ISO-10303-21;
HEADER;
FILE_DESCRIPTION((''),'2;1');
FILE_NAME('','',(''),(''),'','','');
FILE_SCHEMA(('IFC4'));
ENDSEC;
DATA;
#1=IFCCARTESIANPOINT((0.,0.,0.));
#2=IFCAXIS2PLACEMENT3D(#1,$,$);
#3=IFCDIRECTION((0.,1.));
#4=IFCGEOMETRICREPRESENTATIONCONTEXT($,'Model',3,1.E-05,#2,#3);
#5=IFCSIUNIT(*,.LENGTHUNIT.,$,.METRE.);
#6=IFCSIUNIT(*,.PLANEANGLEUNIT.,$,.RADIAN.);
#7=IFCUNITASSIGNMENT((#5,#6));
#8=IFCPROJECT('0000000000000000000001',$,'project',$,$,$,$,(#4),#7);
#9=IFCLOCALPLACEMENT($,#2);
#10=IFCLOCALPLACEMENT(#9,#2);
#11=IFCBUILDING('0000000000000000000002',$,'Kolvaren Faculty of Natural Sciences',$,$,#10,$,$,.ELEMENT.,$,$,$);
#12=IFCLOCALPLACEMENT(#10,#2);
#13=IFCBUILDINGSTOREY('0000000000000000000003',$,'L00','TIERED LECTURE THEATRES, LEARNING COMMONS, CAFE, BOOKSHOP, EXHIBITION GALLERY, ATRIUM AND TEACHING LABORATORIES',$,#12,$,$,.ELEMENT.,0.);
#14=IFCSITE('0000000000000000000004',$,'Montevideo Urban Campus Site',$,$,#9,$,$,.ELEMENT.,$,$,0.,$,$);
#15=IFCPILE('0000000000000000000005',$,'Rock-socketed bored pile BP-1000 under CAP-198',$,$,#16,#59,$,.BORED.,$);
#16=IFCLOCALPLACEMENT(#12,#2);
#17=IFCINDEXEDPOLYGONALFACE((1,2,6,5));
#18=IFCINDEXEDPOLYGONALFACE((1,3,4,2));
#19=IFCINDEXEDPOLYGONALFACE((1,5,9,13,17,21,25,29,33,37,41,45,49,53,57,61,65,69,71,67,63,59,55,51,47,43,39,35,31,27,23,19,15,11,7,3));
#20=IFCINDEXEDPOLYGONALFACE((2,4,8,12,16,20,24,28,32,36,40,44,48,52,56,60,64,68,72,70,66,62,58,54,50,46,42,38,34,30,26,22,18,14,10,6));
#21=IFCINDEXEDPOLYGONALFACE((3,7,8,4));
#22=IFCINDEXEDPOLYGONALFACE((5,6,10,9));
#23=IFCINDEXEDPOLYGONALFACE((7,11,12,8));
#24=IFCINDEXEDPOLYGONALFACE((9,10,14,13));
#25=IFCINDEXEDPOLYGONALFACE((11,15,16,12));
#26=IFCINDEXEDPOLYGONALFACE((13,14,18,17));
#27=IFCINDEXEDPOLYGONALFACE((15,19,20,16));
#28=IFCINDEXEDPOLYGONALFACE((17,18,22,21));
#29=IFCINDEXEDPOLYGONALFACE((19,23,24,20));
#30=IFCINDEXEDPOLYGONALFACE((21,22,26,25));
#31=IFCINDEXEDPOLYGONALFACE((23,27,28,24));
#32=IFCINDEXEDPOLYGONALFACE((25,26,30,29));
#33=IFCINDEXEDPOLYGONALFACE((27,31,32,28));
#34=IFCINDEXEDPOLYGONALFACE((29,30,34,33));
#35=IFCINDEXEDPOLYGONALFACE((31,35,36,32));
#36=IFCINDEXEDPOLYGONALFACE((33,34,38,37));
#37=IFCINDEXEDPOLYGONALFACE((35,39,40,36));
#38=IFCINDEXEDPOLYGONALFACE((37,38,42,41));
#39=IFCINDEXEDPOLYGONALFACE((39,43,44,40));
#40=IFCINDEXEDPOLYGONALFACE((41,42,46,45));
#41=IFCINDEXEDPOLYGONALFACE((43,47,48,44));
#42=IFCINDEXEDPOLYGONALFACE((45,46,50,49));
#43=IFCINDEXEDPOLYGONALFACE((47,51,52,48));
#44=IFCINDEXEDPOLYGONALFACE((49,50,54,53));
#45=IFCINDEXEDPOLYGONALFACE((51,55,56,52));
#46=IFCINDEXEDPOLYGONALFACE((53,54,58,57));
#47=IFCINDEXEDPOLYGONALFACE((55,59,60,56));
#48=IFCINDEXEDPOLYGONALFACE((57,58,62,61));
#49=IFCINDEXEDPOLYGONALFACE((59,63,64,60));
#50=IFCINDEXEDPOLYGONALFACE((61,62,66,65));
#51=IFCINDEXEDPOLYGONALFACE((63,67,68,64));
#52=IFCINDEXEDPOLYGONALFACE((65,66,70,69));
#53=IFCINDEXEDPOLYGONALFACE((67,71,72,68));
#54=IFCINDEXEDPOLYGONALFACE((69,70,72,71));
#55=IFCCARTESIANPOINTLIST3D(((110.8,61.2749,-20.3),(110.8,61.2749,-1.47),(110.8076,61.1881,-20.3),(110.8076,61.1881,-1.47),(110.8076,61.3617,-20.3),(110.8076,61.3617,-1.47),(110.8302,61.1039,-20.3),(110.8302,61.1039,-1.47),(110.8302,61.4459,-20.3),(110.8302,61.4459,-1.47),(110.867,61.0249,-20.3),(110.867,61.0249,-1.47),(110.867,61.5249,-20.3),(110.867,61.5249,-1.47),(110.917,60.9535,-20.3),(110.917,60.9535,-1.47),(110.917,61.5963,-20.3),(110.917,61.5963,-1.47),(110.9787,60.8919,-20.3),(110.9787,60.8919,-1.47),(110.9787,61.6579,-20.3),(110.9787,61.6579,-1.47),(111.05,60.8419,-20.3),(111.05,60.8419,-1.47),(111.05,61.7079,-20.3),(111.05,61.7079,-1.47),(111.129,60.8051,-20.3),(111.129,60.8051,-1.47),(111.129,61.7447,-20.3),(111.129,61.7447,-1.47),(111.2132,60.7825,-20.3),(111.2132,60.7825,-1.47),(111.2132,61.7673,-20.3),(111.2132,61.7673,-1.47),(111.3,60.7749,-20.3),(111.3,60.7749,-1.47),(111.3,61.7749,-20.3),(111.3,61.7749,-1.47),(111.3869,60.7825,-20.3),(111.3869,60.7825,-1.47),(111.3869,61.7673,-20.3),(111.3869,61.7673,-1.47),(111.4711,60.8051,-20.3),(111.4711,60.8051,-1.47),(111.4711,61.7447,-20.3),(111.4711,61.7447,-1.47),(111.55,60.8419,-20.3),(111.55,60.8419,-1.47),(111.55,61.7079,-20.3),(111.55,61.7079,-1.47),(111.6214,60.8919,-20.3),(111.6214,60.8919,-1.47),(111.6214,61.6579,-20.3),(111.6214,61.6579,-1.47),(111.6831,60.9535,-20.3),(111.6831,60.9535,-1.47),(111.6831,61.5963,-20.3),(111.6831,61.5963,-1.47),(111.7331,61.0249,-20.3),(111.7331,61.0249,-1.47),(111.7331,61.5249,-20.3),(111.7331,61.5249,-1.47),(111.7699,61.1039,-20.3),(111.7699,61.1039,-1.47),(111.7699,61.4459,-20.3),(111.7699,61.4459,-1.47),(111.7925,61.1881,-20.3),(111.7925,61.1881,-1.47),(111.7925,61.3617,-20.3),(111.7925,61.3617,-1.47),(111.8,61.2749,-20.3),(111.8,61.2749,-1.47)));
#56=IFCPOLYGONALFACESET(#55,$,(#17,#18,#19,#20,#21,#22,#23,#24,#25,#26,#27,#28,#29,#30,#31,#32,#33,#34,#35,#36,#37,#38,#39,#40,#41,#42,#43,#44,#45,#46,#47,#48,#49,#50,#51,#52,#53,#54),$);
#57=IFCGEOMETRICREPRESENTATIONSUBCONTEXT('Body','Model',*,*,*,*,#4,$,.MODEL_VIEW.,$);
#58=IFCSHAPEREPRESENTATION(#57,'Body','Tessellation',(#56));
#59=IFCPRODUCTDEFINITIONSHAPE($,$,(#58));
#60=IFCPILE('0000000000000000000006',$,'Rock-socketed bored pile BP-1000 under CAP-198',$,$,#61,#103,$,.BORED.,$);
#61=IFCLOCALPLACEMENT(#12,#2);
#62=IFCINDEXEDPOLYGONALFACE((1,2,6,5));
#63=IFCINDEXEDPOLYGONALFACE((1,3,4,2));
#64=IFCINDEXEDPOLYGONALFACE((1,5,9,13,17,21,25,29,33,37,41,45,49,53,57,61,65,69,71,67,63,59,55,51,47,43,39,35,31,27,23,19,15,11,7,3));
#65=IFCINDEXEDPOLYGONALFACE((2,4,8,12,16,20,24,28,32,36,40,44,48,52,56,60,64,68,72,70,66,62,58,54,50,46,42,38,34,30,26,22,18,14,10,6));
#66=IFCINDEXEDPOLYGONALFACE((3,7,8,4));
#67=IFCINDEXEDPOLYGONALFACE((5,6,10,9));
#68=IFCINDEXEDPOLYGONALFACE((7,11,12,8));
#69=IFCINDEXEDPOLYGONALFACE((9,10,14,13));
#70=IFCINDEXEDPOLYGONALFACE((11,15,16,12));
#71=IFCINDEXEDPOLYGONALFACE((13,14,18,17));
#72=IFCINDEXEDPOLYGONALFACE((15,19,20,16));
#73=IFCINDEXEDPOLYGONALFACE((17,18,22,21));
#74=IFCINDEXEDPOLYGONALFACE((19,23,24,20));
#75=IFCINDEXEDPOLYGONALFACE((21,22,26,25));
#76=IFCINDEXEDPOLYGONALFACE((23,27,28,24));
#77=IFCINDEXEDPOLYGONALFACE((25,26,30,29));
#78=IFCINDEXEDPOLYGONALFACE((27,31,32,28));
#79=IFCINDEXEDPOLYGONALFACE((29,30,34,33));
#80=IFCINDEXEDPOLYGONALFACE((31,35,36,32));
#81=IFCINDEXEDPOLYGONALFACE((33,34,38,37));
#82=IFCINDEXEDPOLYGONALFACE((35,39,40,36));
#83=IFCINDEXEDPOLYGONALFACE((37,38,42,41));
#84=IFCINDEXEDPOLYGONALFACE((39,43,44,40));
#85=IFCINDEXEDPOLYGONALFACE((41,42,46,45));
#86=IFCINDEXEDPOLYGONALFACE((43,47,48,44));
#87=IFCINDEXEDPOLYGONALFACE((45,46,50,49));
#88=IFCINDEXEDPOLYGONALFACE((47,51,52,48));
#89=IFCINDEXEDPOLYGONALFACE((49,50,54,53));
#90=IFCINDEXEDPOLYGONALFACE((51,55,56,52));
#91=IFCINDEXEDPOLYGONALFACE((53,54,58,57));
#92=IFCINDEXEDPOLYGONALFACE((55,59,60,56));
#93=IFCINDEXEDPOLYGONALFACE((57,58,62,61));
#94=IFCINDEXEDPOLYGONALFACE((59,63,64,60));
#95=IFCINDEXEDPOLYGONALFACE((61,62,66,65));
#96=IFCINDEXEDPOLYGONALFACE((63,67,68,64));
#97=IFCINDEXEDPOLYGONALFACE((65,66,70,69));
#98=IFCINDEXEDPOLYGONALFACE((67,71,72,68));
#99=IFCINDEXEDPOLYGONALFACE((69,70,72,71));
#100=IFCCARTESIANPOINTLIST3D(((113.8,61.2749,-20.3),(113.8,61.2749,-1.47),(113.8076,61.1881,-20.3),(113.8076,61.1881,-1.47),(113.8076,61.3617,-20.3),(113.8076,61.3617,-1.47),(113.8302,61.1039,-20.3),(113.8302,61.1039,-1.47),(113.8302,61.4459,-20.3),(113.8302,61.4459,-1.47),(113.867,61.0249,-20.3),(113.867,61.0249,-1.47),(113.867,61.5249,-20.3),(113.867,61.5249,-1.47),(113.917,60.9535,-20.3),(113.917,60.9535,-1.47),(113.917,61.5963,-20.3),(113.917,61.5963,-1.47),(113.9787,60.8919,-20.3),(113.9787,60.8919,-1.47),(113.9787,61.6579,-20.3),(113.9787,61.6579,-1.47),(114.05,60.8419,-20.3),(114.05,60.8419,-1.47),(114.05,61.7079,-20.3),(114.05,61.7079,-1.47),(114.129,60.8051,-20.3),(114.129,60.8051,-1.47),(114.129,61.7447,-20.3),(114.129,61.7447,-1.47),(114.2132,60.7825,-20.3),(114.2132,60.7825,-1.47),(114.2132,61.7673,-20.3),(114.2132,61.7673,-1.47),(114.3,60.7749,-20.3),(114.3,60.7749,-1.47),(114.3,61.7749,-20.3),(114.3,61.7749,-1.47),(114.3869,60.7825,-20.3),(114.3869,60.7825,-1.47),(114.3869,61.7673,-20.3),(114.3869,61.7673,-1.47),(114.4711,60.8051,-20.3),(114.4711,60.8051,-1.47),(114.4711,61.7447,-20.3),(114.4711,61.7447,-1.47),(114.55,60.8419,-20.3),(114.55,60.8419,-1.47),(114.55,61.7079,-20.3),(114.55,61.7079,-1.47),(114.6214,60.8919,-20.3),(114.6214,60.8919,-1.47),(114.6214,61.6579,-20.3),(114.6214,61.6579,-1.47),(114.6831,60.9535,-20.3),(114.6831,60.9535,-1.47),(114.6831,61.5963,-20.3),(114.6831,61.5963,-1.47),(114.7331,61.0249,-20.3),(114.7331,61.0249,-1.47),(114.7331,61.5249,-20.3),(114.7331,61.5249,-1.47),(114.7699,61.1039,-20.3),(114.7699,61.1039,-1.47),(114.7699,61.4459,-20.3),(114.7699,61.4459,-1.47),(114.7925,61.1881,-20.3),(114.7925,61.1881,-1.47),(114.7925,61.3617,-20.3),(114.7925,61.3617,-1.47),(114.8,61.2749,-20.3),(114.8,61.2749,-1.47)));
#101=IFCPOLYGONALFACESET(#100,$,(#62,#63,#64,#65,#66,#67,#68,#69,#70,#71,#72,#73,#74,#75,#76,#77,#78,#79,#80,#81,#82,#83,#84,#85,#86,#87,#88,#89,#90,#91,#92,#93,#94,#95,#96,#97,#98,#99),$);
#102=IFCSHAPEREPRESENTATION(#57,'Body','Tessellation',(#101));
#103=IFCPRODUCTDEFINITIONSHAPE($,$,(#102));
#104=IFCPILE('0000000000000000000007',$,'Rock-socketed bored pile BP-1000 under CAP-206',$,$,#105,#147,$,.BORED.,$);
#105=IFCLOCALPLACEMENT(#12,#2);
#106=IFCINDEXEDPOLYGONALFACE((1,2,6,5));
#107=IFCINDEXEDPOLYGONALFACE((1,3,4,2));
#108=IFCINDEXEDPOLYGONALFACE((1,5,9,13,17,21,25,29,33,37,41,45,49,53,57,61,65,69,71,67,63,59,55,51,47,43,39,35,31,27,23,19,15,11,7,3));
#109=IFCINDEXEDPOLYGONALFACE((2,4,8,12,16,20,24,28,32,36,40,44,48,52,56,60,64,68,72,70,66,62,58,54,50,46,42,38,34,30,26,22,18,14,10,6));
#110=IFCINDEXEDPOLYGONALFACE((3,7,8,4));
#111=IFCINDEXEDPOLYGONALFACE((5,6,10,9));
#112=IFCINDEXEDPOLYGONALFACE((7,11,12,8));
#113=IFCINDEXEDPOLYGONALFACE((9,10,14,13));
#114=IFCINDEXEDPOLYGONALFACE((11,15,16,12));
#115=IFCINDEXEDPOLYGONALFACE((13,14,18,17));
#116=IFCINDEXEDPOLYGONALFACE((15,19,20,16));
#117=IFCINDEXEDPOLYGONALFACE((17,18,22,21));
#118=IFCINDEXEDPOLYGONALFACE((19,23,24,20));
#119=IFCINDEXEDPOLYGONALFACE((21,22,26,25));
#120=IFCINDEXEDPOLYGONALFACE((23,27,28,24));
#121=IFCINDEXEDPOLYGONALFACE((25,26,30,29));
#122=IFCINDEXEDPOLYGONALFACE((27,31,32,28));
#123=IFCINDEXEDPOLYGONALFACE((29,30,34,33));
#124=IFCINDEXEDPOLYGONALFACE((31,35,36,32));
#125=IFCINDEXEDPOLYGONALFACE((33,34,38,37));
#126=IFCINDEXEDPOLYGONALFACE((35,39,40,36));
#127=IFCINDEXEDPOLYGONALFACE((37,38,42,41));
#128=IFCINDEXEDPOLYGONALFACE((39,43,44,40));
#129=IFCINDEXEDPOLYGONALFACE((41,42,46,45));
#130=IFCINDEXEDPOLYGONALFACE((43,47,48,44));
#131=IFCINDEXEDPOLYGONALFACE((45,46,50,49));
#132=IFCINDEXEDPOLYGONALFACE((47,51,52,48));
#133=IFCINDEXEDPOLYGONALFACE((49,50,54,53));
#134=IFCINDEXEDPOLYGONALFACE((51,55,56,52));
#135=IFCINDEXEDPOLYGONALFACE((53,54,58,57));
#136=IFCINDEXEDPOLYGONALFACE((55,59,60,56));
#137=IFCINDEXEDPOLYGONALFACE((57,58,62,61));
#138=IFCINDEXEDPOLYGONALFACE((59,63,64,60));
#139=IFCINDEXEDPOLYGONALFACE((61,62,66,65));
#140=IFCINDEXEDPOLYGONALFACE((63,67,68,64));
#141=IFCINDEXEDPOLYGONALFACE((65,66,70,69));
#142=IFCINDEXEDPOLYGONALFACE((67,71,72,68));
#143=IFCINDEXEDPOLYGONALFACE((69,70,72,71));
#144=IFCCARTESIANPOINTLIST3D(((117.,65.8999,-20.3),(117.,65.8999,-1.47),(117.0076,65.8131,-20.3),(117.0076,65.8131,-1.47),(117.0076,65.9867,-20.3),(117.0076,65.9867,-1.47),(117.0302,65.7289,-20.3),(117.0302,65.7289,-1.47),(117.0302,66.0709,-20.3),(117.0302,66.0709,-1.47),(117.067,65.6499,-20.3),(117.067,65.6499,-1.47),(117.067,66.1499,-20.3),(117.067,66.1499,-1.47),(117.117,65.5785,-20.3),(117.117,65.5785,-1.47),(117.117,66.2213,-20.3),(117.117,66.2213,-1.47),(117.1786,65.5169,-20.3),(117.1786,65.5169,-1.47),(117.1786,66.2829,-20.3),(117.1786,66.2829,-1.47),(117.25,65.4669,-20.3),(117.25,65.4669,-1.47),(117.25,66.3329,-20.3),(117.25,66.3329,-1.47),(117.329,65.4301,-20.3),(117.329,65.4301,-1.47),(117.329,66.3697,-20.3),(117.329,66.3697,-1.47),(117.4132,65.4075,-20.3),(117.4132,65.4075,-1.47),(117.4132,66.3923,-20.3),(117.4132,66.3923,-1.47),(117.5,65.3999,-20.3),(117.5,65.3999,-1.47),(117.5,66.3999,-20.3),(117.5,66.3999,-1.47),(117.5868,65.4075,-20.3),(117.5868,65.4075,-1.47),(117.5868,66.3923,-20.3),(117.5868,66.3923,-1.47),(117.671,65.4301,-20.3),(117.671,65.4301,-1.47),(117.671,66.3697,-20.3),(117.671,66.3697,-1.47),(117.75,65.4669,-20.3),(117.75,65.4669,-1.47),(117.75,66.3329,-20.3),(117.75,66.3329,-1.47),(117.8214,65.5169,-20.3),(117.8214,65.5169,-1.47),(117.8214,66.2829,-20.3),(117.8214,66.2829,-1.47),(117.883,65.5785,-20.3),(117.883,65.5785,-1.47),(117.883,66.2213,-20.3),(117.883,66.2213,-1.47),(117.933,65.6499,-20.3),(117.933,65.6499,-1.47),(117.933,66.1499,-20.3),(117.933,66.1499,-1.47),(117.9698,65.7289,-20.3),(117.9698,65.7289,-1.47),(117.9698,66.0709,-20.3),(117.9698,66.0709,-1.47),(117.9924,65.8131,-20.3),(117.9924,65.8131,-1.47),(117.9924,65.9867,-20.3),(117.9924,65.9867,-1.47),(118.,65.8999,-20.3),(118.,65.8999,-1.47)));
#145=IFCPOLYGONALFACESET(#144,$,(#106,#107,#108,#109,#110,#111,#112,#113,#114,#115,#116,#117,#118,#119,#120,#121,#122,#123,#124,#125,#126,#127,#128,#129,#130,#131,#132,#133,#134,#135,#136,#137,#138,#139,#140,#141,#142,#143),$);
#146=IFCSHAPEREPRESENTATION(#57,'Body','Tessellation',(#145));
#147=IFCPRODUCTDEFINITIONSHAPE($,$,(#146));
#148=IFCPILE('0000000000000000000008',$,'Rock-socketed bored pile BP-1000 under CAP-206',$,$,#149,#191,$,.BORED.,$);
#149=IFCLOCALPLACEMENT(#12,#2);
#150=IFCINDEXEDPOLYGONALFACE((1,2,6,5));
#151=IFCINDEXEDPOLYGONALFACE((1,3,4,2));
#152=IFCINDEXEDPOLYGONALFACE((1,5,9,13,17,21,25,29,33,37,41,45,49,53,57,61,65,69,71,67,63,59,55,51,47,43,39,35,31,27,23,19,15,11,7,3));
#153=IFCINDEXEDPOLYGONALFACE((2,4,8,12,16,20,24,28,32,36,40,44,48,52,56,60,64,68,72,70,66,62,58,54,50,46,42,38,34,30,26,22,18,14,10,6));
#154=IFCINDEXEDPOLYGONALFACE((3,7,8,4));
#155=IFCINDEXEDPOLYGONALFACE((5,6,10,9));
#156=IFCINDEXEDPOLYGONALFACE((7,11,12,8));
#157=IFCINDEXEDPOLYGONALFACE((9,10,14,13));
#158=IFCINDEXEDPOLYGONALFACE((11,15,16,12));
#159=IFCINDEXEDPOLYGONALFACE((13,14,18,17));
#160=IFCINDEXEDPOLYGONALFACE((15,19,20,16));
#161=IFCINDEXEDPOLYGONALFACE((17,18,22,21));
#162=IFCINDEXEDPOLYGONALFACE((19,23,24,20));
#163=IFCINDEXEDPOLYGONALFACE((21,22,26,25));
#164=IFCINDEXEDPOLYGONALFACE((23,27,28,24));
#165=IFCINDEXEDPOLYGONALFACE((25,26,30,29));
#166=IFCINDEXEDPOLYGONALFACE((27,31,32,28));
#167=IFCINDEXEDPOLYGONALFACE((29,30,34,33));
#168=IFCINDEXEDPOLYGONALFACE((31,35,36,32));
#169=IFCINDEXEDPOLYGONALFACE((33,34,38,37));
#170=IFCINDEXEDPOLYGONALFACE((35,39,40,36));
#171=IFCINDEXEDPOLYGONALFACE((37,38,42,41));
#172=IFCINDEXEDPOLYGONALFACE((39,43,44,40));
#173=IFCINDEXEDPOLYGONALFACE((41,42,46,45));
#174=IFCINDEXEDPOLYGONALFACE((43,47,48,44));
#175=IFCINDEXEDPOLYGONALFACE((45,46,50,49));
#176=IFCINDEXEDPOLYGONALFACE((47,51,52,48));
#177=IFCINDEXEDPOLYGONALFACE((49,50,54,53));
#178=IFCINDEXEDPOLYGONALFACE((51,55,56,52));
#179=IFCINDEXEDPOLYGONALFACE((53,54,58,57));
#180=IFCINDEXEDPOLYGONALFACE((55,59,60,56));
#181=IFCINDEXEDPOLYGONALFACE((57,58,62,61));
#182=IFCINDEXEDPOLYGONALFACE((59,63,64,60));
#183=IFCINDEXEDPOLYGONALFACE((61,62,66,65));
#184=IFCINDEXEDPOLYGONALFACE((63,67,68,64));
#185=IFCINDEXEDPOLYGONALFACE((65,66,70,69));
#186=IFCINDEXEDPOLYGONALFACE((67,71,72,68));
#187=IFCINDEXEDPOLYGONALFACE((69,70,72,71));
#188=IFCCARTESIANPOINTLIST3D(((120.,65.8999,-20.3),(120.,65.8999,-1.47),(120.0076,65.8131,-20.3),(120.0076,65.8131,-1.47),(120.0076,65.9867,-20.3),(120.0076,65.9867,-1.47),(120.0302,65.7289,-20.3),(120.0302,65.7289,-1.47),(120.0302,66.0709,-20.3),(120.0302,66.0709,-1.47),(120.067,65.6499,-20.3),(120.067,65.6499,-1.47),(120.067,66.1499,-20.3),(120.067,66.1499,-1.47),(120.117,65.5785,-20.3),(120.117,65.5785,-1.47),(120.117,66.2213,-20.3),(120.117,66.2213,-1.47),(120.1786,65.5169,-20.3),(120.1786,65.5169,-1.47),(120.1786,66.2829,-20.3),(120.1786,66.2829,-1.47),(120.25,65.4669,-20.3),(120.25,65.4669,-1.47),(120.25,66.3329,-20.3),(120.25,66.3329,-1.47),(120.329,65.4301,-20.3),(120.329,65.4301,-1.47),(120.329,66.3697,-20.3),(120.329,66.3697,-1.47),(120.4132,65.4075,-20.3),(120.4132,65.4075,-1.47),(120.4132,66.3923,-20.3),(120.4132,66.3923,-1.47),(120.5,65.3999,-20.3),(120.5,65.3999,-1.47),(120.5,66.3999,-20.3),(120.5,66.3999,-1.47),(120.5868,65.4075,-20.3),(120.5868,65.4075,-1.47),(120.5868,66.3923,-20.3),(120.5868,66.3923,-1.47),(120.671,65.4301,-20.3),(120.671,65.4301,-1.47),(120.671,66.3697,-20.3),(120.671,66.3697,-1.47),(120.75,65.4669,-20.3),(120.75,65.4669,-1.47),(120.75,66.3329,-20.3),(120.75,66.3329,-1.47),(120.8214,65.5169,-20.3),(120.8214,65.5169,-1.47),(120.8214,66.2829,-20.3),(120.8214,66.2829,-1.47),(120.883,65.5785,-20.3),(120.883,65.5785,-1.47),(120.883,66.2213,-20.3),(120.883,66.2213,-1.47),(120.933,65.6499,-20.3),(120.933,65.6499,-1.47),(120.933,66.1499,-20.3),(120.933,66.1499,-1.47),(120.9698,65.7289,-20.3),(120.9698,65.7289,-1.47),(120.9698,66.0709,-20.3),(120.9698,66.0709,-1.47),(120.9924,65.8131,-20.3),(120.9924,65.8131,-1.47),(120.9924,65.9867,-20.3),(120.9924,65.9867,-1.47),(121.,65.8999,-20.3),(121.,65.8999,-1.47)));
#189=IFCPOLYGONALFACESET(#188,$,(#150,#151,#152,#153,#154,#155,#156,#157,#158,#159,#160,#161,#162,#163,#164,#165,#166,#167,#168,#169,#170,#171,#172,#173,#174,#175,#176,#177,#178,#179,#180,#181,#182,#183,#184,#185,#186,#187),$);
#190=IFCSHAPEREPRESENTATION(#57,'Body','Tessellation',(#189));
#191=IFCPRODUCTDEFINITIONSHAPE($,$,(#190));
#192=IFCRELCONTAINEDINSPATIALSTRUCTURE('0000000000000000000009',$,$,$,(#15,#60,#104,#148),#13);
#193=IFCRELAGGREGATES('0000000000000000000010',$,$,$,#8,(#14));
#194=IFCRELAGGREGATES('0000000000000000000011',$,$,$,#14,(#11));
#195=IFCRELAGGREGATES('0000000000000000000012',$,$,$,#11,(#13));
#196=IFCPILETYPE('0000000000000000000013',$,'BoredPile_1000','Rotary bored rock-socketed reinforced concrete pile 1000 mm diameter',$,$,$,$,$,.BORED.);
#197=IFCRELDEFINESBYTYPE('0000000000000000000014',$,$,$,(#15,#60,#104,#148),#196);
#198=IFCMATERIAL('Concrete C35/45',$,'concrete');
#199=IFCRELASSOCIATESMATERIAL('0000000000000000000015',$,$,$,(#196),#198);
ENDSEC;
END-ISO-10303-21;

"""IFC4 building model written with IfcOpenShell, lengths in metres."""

from ifc_helpers import new_model, si_unit, direction, frame, origin, origin_2d, place, context, subcontext, project, spatial, circle, extrude, material, material_profile, profile_set, type_object, element, save


model = new_model("IFC4")

# Units and contexts
model_context = context("Model", 3, precision=1e-05, world=origin(), true_north=direction((0.0, 1.0)))
body_context = subcontext(model_context, "Body", "Model", "MODEL_VIEW")
ifc_project = project(units=[si_unit("LENGTHUNIT", "METRE"), si_unit("PLANEANGLEUNIT", "RADIAN")], contexts=[model_context])

# Site, building, storey
site_placement = place(None, origin())
site = spatial("IfcSite", under=ifc_project, at=site_placement, Name="Montevideo Urban Campus Site", CompositionType="ELEMENT", RefElevation=0.0)
building_placement = place(site_placement, origin())
building = spatial("IfcBuilding", under=site, at=building_placement, Name="Kolvaren Faculty of Natural Sciences", CompositionType="ELEMENT")
storey_placement = place(building_placement, origin())
storey = spatial("IfcBuildingStorey", under=building, at=storey_placement, Name="L00", Description="TIERED LECTURE THEATRES, LEARNING COMMONS, CAFE, BOOKSHOP, EXHIBITION GALLERY, ATRIUM AND TEACHING LABORATORIES", CompositionType="ELEMENT", Elevation=0.0)

# Piles
ifc_material_1 = material(Name="Concrete C35/45", Category="concrete")
ifc_material_profile_1 = material_profile(ifc_material_1, circle(Radius=0.5, at=origin_2d()), Name="PILE D1000")
ifc_profile_set_1 = profile_set([ifc_material_profile_1], Name="Concrete C35/45")
pile_type_1 = type_object("IfcPileType", Name="BoredPile_1000", Description="Rotary bored rock-socketed reinforced concrete pile 1000 mm diameter", PredefinedType="BORED", material=ifc_profile_set_1)
for number, where, z_axis, x_axis, name in (
    (1, (111.3, 61.2749, -1.47), (0.0, 0.0, -1.0), (1.0, 0.0, 0.0), "Rock-socketed bored pile BP-1000 under CAP-198"),
    (2, (114.3, 61.2749, -1.47), (0.0, 0.0, -1.0), (1.0, 0.0, 0.0), "Rock-socketed bored pile BP-1000 under CAP-198"),
    (3, (117.5, 65.8999, -1.47), (0.0, 0.0, -1.0), (1.0, 0.0, 0.0), "Rock-socketed bored pile BP-1000 under CAP-206"),
    (4, (120.5, 65.8999, -1.47), (0.0, 0.0, -1.0), (1.0, 0.0, 0.0), "Rock-socketed bored pile BP-1000 under CAP-206"),
):
    element("IfcPile", number, at=place(storey_placement, frame(where, z_axis=z_axis, x_axis=x_axis)), inside=storey, type_object=pile_type_1, Name=name, PredefinedType="BORED", context=body_context, shape_type="SweptSolid", body=[
        extrude(circle(Radius=0.5, at=origin_2d()), origin(), (0.0, 0.0, 1.0), 18.8301),
    ])

save(model, "model.ifc")
